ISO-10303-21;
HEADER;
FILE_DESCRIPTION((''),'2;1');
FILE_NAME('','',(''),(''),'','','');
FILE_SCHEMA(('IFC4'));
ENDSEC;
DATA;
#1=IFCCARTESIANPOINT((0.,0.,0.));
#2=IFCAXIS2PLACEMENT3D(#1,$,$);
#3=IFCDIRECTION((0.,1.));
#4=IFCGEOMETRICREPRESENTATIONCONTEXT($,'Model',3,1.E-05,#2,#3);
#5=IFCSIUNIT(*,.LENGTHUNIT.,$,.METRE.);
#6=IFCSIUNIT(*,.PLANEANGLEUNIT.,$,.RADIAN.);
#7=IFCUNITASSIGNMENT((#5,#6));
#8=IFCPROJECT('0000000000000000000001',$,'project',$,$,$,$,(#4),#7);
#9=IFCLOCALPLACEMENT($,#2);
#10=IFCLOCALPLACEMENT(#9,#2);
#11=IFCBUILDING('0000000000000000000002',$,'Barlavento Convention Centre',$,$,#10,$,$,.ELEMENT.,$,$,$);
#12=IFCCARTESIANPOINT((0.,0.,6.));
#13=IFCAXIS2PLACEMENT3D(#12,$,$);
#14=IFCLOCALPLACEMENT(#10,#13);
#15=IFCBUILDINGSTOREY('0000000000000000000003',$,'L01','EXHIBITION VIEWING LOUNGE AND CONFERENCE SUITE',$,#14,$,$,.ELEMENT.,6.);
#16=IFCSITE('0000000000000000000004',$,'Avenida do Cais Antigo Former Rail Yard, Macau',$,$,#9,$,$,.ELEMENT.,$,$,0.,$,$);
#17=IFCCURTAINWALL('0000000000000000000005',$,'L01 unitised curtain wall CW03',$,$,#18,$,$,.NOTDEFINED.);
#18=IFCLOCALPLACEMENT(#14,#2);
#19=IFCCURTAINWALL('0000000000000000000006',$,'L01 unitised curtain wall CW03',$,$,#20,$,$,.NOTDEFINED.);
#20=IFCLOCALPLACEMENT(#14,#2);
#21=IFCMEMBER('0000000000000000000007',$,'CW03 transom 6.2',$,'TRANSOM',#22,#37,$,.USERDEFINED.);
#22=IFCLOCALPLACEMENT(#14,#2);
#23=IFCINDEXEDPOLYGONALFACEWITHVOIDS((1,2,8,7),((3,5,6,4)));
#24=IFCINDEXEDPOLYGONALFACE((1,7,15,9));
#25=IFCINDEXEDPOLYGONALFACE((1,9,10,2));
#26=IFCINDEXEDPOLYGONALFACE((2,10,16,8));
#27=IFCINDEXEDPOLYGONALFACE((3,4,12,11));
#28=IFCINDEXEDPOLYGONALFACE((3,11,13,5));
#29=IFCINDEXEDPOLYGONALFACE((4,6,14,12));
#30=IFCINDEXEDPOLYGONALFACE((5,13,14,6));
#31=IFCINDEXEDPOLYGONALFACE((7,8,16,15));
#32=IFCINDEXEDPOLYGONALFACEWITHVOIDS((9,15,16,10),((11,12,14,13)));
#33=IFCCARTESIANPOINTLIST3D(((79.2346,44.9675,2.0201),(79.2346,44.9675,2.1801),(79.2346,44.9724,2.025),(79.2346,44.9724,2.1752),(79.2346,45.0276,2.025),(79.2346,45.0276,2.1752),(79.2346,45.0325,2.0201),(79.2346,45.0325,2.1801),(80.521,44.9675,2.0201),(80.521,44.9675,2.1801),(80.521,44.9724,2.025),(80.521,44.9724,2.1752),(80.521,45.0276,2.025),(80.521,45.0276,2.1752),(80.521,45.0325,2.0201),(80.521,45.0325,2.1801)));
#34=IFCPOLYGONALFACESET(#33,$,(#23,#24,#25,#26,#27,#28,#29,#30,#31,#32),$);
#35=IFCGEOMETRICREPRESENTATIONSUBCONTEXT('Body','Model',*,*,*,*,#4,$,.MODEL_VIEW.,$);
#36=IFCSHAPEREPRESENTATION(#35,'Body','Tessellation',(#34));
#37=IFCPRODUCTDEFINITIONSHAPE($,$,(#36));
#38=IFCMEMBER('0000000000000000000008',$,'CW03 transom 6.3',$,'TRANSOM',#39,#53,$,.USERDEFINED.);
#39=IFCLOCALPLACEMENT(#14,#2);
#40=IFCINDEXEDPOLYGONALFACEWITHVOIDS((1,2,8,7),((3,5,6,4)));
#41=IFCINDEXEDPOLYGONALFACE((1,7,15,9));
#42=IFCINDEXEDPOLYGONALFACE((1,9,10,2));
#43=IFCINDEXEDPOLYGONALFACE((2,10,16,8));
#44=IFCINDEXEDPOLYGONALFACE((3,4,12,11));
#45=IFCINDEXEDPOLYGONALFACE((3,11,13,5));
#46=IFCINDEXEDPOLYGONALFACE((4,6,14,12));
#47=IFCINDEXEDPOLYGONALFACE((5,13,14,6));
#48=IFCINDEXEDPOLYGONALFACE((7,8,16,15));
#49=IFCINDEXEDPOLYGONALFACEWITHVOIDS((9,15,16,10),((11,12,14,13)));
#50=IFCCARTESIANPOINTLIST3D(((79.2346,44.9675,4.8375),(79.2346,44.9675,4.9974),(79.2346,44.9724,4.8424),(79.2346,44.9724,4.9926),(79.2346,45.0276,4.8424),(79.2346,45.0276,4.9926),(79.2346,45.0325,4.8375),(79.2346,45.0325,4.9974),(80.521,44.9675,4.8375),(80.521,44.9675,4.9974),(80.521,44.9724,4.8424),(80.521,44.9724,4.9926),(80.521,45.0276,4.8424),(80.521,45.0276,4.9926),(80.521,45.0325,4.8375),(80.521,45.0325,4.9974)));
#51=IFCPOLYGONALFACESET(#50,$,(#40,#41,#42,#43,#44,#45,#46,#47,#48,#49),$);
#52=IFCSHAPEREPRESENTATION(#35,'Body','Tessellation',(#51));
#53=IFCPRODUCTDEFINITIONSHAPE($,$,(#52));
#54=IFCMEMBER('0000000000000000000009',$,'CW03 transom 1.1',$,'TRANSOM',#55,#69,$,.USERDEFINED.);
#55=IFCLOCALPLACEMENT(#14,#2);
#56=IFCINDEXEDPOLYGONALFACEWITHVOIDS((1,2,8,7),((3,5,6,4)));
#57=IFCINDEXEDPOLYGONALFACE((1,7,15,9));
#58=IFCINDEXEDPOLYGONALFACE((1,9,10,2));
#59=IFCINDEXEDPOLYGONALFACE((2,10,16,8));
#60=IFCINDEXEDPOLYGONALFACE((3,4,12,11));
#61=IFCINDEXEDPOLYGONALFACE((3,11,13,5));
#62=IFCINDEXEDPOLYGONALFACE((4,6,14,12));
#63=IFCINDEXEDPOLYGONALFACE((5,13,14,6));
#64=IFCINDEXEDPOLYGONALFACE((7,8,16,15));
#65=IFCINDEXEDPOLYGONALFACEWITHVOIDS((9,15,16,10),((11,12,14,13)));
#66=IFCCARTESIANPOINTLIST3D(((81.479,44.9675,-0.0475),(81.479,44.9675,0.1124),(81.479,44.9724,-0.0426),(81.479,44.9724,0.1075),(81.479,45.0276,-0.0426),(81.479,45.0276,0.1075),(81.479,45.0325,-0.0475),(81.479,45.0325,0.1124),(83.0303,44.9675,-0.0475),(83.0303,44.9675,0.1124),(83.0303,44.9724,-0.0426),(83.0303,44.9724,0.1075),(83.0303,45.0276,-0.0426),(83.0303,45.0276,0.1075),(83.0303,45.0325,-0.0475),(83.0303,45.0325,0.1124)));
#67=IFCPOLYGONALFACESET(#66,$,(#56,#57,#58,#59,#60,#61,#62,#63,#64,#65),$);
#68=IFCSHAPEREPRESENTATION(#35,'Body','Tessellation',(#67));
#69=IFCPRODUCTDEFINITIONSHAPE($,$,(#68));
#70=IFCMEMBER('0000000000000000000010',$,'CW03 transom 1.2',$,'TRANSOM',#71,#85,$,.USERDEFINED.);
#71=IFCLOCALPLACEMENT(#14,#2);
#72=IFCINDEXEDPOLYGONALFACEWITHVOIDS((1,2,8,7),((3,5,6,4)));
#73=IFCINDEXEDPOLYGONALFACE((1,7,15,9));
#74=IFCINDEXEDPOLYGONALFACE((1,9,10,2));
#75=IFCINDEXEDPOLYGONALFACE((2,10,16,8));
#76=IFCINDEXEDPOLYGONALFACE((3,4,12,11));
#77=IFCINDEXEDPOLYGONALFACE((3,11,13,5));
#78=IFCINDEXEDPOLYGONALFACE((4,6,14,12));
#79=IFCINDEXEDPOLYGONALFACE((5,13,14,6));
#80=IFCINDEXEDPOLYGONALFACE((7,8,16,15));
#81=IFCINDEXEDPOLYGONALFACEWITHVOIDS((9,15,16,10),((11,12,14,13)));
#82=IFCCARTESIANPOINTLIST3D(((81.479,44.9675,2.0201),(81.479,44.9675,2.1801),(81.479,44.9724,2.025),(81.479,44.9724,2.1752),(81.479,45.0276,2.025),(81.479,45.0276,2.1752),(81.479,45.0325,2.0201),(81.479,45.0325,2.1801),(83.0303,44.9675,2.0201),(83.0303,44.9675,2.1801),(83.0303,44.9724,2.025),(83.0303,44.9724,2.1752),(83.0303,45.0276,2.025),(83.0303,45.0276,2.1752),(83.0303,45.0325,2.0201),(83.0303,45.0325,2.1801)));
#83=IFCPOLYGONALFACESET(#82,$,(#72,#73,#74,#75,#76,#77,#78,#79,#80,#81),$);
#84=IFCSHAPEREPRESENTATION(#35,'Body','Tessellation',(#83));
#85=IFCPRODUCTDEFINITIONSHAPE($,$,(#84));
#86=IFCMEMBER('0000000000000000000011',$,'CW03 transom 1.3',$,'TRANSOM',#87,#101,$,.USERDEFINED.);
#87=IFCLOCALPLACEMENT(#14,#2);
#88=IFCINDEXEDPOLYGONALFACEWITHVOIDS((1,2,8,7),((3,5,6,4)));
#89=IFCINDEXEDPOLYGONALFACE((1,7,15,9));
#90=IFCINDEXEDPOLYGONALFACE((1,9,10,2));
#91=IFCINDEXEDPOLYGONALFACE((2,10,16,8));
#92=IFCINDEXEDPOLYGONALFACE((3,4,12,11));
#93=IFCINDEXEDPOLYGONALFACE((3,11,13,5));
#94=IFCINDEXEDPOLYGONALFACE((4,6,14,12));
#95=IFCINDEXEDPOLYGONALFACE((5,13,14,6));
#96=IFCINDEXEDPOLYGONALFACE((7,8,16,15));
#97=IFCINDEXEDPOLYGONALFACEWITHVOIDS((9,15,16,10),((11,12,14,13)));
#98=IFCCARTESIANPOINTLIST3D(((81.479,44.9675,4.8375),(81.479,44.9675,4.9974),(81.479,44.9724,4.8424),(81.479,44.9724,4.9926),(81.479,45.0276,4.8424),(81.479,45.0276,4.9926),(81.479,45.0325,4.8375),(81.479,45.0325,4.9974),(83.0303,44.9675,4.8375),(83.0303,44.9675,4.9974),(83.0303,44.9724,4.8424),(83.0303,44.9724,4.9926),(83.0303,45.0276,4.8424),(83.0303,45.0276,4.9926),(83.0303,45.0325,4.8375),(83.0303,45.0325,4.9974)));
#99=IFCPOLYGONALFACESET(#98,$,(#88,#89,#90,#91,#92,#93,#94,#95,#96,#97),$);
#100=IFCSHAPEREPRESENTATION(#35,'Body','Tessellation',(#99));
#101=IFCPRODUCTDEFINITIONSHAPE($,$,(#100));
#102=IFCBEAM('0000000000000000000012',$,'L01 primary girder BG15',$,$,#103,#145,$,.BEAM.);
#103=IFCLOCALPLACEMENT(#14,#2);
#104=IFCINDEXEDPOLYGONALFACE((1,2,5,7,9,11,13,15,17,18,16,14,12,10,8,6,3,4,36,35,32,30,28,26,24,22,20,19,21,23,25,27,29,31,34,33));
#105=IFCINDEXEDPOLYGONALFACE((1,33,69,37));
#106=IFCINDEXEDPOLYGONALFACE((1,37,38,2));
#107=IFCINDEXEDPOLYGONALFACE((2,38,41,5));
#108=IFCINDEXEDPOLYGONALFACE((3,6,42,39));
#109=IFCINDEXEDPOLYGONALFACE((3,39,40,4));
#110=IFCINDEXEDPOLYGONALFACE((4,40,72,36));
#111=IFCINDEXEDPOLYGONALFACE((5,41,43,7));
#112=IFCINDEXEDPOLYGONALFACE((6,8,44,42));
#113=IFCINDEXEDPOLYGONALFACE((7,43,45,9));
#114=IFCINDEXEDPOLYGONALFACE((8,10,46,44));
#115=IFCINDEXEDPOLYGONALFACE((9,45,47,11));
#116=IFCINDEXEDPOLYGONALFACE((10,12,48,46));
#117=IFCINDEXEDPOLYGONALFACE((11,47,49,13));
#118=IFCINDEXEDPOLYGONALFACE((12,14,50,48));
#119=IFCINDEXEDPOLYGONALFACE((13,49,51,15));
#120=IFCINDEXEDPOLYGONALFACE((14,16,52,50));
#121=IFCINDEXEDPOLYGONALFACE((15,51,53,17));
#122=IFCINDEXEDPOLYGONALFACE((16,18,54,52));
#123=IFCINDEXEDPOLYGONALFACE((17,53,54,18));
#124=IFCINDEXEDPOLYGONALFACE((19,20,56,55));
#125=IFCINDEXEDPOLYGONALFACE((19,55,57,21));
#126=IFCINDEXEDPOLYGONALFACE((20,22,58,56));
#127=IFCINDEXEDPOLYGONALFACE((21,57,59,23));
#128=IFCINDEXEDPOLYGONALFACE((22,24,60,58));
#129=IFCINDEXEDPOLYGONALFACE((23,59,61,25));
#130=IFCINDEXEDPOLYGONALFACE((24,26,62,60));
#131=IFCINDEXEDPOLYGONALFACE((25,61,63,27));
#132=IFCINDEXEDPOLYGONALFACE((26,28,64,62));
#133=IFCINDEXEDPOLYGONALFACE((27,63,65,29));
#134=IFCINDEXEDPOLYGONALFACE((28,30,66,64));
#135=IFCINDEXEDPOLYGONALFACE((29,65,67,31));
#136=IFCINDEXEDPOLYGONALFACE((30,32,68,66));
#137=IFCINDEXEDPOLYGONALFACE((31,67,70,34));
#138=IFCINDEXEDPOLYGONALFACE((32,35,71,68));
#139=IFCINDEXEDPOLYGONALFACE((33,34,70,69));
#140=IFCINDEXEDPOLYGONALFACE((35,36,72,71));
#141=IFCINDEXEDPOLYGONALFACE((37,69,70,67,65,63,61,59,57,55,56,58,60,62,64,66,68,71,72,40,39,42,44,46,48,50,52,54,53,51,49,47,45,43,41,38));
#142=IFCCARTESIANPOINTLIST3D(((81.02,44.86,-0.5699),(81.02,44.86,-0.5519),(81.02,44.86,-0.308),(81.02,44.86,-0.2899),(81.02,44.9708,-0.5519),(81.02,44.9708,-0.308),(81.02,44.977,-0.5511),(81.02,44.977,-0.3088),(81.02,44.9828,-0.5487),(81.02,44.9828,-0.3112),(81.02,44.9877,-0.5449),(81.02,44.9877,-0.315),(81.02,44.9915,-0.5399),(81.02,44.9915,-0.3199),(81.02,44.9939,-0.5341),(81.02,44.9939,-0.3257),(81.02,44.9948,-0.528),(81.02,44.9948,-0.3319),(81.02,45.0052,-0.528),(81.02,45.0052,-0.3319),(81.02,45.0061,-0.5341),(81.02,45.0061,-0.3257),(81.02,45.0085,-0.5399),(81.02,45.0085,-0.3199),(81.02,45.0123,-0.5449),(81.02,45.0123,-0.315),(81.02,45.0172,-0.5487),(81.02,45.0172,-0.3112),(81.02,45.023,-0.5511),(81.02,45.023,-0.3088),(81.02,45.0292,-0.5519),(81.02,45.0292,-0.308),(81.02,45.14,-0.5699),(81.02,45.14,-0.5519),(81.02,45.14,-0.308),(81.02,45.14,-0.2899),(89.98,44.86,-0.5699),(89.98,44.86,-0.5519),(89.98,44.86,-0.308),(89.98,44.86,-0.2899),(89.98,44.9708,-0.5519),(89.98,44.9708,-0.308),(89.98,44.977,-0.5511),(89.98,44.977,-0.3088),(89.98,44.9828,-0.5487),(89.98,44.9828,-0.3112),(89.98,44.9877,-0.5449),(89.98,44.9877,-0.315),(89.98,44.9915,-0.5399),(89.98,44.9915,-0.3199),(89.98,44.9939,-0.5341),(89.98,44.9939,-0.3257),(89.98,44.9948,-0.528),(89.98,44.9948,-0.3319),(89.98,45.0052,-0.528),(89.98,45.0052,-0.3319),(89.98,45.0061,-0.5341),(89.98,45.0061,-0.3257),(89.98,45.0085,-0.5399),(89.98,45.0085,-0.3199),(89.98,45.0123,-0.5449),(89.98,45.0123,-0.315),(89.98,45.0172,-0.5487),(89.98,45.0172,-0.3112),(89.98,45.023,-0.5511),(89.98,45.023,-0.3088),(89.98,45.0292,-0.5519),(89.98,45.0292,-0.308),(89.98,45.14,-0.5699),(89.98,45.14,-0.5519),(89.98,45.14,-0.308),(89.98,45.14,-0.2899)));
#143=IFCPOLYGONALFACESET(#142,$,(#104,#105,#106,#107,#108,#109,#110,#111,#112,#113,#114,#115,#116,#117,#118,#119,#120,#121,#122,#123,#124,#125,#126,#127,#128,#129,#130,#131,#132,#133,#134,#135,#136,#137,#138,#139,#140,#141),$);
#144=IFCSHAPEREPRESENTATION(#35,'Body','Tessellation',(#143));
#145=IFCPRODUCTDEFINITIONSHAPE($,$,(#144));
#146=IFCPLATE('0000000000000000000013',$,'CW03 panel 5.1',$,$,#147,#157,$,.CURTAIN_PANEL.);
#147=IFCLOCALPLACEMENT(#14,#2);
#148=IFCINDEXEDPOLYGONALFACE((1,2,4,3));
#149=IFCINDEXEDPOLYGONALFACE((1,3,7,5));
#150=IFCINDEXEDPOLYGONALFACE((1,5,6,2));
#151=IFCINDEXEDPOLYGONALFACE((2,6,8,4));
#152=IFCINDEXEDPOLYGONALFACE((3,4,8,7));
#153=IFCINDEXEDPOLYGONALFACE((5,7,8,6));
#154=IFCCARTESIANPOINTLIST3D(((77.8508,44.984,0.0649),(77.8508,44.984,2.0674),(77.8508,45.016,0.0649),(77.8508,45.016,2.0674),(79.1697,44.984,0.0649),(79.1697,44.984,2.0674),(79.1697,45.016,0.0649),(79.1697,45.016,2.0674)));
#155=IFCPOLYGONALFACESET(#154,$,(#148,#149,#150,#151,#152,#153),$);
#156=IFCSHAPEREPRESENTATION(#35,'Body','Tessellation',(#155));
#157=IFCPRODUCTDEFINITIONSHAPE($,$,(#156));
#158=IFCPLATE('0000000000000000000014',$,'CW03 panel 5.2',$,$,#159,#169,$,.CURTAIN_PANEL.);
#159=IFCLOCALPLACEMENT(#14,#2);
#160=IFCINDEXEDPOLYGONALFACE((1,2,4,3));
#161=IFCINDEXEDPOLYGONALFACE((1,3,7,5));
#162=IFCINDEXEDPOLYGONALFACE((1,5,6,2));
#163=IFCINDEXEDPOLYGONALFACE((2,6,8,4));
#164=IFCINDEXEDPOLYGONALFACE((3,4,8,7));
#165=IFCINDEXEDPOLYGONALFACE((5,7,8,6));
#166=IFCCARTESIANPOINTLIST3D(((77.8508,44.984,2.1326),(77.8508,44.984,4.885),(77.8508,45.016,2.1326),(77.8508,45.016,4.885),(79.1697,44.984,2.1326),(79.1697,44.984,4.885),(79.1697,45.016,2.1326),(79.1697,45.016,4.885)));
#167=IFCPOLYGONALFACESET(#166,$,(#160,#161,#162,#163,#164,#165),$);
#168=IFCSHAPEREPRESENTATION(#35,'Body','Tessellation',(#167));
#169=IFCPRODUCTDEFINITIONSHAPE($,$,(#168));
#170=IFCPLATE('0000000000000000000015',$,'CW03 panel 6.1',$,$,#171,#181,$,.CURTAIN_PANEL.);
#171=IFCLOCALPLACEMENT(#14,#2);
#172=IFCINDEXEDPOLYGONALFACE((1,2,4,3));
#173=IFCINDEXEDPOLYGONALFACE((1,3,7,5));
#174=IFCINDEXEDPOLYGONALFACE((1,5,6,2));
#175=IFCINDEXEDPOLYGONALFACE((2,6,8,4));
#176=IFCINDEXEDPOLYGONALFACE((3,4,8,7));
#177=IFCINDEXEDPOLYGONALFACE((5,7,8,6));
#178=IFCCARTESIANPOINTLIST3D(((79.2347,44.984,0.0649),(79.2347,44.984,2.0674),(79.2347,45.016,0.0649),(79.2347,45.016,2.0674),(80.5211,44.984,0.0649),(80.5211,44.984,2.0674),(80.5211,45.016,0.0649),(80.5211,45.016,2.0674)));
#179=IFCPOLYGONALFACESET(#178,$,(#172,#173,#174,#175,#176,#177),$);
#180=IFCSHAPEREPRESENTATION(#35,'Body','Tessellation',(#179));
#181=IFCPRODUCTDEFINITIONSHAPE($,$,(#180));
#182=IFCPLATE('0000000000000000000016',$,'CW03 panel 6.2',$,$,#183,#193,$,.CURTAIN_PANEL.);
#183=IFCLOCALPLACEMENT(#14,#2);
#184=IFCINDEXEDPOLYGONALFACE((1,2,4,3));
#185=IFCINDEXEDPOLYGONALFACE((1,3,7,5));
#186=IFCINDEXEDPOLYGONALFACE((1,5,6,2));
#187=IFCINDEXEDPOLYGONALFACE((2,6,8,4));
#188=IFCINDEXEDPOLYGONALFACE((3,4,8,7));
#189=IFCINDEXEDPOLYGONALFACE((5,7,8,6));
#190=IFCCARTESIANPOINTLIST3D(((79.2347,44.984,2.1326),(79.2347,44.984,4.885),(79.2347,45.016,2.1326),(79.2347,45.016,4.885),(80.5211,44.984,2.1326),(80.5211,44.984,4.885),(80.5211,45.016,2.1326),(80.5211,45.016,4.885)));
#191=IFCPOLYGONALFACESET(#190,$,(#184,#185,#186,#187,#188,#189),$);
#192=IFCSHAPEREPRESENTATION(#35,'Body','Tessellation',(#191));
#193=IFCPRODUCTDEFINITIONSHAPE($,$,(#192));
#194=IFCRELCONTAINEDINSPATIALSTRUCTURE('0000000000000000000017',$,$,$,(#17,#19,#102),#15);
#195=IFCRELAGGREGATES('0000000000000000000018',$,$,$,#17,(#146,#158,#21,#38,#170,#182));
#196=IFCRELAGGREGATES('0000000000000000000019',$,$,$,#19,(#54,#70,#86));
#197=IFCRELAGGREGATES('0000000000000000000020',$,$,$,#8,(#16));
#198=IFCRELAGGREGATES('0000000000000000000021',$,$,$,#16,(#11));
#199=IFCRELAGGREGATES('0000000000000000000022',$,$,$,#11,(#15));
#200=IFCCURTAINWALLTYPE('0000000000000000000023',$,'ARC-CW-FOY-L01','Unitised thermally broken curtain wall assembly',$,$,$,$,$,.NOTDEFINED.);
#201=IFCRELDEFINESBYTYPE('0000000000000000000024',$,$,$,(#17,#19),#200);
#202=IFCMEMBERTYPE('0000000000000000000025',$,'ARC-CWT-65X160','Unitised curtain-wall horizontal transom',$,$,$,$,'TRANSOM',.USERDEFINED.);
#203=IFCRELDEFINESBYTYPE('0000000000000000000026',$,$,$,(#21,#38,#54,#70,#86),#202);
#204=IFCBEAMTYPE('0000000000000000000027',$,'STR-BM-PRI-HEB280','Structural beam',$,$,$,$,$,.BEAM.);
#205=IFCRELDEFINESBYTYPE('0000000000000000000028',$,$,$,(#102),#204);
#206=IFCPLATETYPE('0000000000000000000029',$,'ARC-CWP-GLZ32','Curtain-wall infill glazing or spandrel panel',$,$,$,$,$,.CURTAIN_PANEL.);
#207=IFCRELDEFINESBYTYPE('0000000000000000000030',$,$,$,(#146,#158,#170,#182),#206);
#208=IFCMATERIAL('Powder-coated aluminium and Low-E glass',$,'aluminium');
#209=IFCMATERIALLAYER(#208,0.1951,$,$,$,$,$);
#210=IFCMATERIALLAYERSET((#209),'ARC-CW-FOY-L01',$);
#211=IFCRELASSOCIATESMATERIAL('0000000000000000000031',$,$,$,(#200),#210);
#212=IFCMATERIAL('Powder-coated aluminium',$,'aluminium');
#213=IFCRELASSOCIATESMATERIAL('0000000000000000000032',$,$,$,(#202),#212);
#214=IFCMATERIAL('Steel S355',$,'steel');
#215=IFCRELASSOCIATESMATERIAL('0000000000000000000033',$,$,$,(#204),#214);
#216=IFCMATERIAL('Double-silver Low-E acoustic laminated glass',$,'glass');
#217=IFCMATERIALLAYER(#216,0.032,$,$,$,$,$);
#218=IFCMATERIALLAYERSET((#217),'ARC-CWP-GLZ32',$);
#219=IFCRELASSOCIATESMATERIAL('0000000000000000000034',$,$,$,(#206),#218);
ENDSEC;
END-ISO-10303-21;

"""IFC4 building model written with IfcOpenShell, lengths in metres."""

from ifc_helpers import new_model, si_unit, direction, frame, origin, origin_2d, place, context, subcontext, project, spatial, rectangle, hollow_rectangle, i_section, extrude, material, layer, layer_set, material_profile, profile_set, type_object, element, aggregate, save


model = new_model("IFC4")

# Units and contexts
model_context = context("Model", 3, precision=1e-05, world=origin(), true_north=direction((0.0, 1.0)))
body_context = subcontext(model_context, "Body", "Model", "MODEL_VIEW")
ifc_project = project(units=[si_unit("LENGTHUNIT", "METRE"), si_unit("PLANEANGLEUNIT", "RADIAN")], contexts=[model_context])

# Site, building, storey
site_placement = place(None, origin())
site = spatial("IfcSite", under=ifc_project, at=site_placement, Name="Avenida do Cais Antigo Former Rail Yard, Macau", CompositionType="ELEMENT", RefElevation=0.0)
building_placement = place(site_placement, origin())
building = spatial("IfcBuilding", under=site, at=building_placement, Name="Barlavento Convention Centre", CompositionType="ELEMENT")
storey_placement = place(building_placement, frame((0.0, 0.0, 6.0)))
storey = spatial("IfcBuildingStorey", under=building, at=storey_placement, Name="L01", Description="EXHIBITION VIEWING LOUNGE AND CONFERENCE SUITE", CompositionType="ELEMENT", Elevation=6.0)

# Curtain wall
ifc_material_1 = material(Name="Powder-coated aluminium and Low-E glass", Category="aluminium")
ifc_layer_1 = layer(ifc_material_1, 0.1951)
ifc_layer_set_1 = layer_set([ifc_layer_1], Name="ARC-CW-FOY-L01")
curtain_wall_type = type_object("IfcCurtainWallType", Name="ARC-CW-FOY-L01", Description="Unitised thermally broken curtain wall assembly", PredefinedType="NOTDEFINED", material=ifc_layer_set_1)
curtain_wall_1_placement = place(storey_placement, origin())
curtain_wall_1 = element("IfcCurtainWall", 1, at=curtain_wall_1_placement, inside=storey, type_object=curtain_wall_type, Name="L01 unitised curtain wall CW03", PredefinedType="NOTDEFINED")
ifc_material_2 = material(Name="Powder-coated aluminium", Category="aluminium")

# Curtain wall
curtain_wall_2_placement = place(storey_placement, origin())
curtain_wall_2 = element("IfcCurtainWall", 2, at=curtain_wall_2_placement, inside=storey, type_object=curtain_wall_type, Name="L01 unitised curtain wall CW03", PredefinedType="NOTDEFINED")

# Members
ifc_material_profile_1 = material_profile(ifc_material_2, hollow_rectangle(XDim=0.0649, YDim=0.1599, WallThickness=0.0049, at=origin_2d()), Name="AL-TRAN 65x160x5")
ifc_profile_set_1 = profile_set([ifc_material_profile_1], Name="Powder-coated aluminium")
member_type_1 = type_object("IfcMemberType", Name="ARC-CWT-65X160", Description="Unitised curtain-wall horizontal transom", ElementType="TRANSOM", PredefinedType="USERDEFINED", material=ifc_profile_set_1)
member_1_placement = place(storey_placement, frame((79.2346, 45.0, 2.1001), z_axis=(1.0, 0.0, 0.0), x_axis=(0.0, 1.0, 0.0)))
member_1 = element("IfcMember", 3, at=member_1_placement, type_object=member_type_1, Name="CW03 transom 6.2", ObjectType="TRANSOM", PredefinedType="USERDEFINED", context=body_context, shape_type="SweptSolid", body=[
    extrude(hollow_rectangle(XDim=0.0649, YDim=0.1599, WallThickness=0.0049, at=origin_2d()), origin(), (0.0, 0.0, 1.0), 1.2864),
])
member_2_placement = place(storey_placement, frame((79.2346, 45.0, 4.9175), z_axis=(1.0, 0.0, 0.0), x_axis=(0.0, 1.0, 0.0)))
member_2 = element("IfcMember", 4, at=member_2_placement, type_object=member_type_1, Name="CW03 transom 6.3", ObjectType="TRANSOM", PredefinedType="USERDEFINED", context=body_context, shape_type="SweptSolid", body=[
    extrude(hollow_rectangle(XDim=0.0649, YDim=0.1599, WallThickness=0.0049, at=origin_2d()), origin(), (0.0, 0.0, 1.0), 1.2864),
])
member_3_placement = place(storey_placement, frame((81.479, 45.0, 0.0325), z_axis=(1.0, 0.0, 0.0), x_axis=(0.0, 1.0, 0.0)))
member_3 = element("IfcMember", 5, at=member_3_placement, type_object=member_type_1, Name="CW03 transom 1.1", ObjectType="TRANSOM", PredefinedType="USERDEFINED", context=body_context, shape_type="SweptSolid", body=[
    extrude(hollow_rectangle(XDim=0.0649, YDim=0.1599, WallThickness=0.0049, at=origin_2d()), origin(), (0.0, 0.0, 1.0), 1.5513),
])
member_4_placement = place(storey_placement, frame((81.479, 45.0, 2.1001), z_axis=(1.0, 0.0, 0.0), x_axis=(0.0, 1.0, 0.0)))
member_4 = element("IfcMember", 6, at=member_4_placement, type_object=member_type_1, Name="CW03 transom 1.2", ObjectType="TRANSOM", PredefinedType="USERDEFINED", context=body_context, shape_type="SweptSolid", body=[
    extrude(hollow_rectangle(XDim=0.0649, YDim=0.1599, WallThickness=0.0049, at=origin_2d()), origin(), (0.0, 0.0, 1.0), 1.5513),
])
member_5_placement = place(storey_placement, frame((81.479, 45.0, 4.9175), z_axis=(1.0, 0.0, 0.0), x_axis=(0.0, 1.0, 0.0)))
member_5 = element("IfcMember", 7, at=member_5_placement, type_object=member_type_1, Name="CW03 transom 1.3", ObjectType="TRANSOM", PredefinedType="USERDEFINED", context=body_context, shape_type="SweptSolid", body=[
    extrude(hollow_rectangle(XDim=0.0649, YDim=0.1599, WallThickness=0.0049, at=origin_2d()), origin(), (0.0, 0.0, 1.0), 1.5513),
])

# Beam
ifc_material_3 = material(Name="Steel S355", Category="steel")
ifc_material_profile_2 = material_profile(ifc_material_3, i_section(OverallWidth=0.28, OverallDepth=0.28, WebThickness=0.0105, FlangeThickness=0.0181, FilletRadius=0.0239, at=origin_2d()), Name="HEB 280")
ifc_profile_set_2 = profile_set([ifc_material_profile_2], Name="Steel S355")
beam_type = type_object("IfcBeamType", Name="STR-BM-PRI-HEB280", Description="Structural beam", PredefinedType="BEAM", material=ifc_profile_set_2)
beam_placement = place(storey_placement, frame((81.02, 45.0, -0.4299), z_axis=(1.0, 0.0, 0.0), x_axis=(0.0, 1.0, 0.0)))
element("IfcBeam", 8, at=beam_placement, inside=storey, type_object=beam_type, Name="L01 primary girder BG15", PredefinedType="BEAM", context=body_context, shape_type="SweptSolid", body=[
    extrude(i_section(OverallWidth=0.28, OverallDepth=0.28, WebThickness=0.0105, FlangeThickness=0.0181, FilletRadius=0.0239, at=origin_2d()), origin(), (0.0, 0.0, 1.0), 8.96),
])

# Plates
ifc_material_4 = material(Name="Double-silver Low-E acoustic laminated glass", Category="glass")
ifc_layer_2 = layer(ifc_material_4, 0.032)
ifc_layer_set_2 = layer_set([ifc_layer_2], Name="ARC-CWP-GLZ32")
plate_type = type_object("IfcPlateType", Name="ARC-CWP-GLZ32", Description="Curtain-wall infill glazing or spandrel panel", PredefinedType="CURTAIN_PANEL", material=ifc_layer_set_2)
plate_1_placement = place(storey_placement, frame((78.5103, 45.0, 0.0649), z_axis=(0.0, 0.0, 1.0), x_axis=(1.0, 0.0, 0.0)))
plate_1 = element("IfcPlate", 9, at=plate_1_placement, type_object=plate_type, Name="CW03 panel 5.1", PredefinedType="CURTAIN_PANEL", context=body_context, shape_type="SweptSolid", body=[
    extrude(rectangle(XDim=1.3188, YDim=0.032, at=origin_2d()), origin(), (0.0, 0.0, 1.0), 2.0024),
])
plate_2_placement = place(storey_placement, frame((78.5103, 45.0, 2.1326), z_axis=(0.0, 0.0, 1.0), x_axis=(1.0, 0.0, 0.0)))
plate_2 = element("IfcPlate", 10, at=plate_2_placement, type_object=plate_type, Name="CW03 panel 5.2", PredefinedType="CURTAIN_PANEL", context=body_context, shape_type="SweptSolid", body=[
    extrude(rectangle(XDim=1.3188, YDim=0.032, at=origin_2d()), origin(), (0.0, 0.0, 1.0), 2.7524),
])
plate_3_placement = place(storey_placement, frame((79.8779, 45.0, 0.0649), z_axis=(0.0, 0.0, 1.0), x_axis=(1.0, 0.0, 0.0)))
plate_3 = element("IfcPlate", 11, at=plate_3_placement, type_object=plate_type, Name="CW03 panel 6.1", PredefinedType="CURTAIN_PANEL", context=body_context, shape_type="SweptSolid", body=[
    extrude(rectangle(XDim=1.2864, YDim=0.032, at=origin_2d()), origin(), (0.0, 0.0, 1.0), 2.0024),
])
plate_4_placement = place(storey_placement, frame((79.8779, 45.0, 2.1326), z_axis=(0.0, 0.0, 1.0), x_axis=(1.0, 0.0, 0.0)))
plate_4 = element("IfcPlate", 12, at=plate_4_placement, type_object=plate_type, Name="CW03 panel 6.2", PredefinedType="CURTAIN_PANEL", context=body_context, shape_type="SweptSolid", body=[
    extrude(rectangle(XDim=1.2864, YDim=0.032, at=origin_2d()), origin(), (0.0, 0.0, 1.0), 2.7524),
])
aggregate(curtain_wall_1, [plate_1, plate_2, member_1, member_2, plate_3, plate_4])
aggregate(curtain_wall_2, [member_3, member_4, member_5])

save(model, "model.ifc")
